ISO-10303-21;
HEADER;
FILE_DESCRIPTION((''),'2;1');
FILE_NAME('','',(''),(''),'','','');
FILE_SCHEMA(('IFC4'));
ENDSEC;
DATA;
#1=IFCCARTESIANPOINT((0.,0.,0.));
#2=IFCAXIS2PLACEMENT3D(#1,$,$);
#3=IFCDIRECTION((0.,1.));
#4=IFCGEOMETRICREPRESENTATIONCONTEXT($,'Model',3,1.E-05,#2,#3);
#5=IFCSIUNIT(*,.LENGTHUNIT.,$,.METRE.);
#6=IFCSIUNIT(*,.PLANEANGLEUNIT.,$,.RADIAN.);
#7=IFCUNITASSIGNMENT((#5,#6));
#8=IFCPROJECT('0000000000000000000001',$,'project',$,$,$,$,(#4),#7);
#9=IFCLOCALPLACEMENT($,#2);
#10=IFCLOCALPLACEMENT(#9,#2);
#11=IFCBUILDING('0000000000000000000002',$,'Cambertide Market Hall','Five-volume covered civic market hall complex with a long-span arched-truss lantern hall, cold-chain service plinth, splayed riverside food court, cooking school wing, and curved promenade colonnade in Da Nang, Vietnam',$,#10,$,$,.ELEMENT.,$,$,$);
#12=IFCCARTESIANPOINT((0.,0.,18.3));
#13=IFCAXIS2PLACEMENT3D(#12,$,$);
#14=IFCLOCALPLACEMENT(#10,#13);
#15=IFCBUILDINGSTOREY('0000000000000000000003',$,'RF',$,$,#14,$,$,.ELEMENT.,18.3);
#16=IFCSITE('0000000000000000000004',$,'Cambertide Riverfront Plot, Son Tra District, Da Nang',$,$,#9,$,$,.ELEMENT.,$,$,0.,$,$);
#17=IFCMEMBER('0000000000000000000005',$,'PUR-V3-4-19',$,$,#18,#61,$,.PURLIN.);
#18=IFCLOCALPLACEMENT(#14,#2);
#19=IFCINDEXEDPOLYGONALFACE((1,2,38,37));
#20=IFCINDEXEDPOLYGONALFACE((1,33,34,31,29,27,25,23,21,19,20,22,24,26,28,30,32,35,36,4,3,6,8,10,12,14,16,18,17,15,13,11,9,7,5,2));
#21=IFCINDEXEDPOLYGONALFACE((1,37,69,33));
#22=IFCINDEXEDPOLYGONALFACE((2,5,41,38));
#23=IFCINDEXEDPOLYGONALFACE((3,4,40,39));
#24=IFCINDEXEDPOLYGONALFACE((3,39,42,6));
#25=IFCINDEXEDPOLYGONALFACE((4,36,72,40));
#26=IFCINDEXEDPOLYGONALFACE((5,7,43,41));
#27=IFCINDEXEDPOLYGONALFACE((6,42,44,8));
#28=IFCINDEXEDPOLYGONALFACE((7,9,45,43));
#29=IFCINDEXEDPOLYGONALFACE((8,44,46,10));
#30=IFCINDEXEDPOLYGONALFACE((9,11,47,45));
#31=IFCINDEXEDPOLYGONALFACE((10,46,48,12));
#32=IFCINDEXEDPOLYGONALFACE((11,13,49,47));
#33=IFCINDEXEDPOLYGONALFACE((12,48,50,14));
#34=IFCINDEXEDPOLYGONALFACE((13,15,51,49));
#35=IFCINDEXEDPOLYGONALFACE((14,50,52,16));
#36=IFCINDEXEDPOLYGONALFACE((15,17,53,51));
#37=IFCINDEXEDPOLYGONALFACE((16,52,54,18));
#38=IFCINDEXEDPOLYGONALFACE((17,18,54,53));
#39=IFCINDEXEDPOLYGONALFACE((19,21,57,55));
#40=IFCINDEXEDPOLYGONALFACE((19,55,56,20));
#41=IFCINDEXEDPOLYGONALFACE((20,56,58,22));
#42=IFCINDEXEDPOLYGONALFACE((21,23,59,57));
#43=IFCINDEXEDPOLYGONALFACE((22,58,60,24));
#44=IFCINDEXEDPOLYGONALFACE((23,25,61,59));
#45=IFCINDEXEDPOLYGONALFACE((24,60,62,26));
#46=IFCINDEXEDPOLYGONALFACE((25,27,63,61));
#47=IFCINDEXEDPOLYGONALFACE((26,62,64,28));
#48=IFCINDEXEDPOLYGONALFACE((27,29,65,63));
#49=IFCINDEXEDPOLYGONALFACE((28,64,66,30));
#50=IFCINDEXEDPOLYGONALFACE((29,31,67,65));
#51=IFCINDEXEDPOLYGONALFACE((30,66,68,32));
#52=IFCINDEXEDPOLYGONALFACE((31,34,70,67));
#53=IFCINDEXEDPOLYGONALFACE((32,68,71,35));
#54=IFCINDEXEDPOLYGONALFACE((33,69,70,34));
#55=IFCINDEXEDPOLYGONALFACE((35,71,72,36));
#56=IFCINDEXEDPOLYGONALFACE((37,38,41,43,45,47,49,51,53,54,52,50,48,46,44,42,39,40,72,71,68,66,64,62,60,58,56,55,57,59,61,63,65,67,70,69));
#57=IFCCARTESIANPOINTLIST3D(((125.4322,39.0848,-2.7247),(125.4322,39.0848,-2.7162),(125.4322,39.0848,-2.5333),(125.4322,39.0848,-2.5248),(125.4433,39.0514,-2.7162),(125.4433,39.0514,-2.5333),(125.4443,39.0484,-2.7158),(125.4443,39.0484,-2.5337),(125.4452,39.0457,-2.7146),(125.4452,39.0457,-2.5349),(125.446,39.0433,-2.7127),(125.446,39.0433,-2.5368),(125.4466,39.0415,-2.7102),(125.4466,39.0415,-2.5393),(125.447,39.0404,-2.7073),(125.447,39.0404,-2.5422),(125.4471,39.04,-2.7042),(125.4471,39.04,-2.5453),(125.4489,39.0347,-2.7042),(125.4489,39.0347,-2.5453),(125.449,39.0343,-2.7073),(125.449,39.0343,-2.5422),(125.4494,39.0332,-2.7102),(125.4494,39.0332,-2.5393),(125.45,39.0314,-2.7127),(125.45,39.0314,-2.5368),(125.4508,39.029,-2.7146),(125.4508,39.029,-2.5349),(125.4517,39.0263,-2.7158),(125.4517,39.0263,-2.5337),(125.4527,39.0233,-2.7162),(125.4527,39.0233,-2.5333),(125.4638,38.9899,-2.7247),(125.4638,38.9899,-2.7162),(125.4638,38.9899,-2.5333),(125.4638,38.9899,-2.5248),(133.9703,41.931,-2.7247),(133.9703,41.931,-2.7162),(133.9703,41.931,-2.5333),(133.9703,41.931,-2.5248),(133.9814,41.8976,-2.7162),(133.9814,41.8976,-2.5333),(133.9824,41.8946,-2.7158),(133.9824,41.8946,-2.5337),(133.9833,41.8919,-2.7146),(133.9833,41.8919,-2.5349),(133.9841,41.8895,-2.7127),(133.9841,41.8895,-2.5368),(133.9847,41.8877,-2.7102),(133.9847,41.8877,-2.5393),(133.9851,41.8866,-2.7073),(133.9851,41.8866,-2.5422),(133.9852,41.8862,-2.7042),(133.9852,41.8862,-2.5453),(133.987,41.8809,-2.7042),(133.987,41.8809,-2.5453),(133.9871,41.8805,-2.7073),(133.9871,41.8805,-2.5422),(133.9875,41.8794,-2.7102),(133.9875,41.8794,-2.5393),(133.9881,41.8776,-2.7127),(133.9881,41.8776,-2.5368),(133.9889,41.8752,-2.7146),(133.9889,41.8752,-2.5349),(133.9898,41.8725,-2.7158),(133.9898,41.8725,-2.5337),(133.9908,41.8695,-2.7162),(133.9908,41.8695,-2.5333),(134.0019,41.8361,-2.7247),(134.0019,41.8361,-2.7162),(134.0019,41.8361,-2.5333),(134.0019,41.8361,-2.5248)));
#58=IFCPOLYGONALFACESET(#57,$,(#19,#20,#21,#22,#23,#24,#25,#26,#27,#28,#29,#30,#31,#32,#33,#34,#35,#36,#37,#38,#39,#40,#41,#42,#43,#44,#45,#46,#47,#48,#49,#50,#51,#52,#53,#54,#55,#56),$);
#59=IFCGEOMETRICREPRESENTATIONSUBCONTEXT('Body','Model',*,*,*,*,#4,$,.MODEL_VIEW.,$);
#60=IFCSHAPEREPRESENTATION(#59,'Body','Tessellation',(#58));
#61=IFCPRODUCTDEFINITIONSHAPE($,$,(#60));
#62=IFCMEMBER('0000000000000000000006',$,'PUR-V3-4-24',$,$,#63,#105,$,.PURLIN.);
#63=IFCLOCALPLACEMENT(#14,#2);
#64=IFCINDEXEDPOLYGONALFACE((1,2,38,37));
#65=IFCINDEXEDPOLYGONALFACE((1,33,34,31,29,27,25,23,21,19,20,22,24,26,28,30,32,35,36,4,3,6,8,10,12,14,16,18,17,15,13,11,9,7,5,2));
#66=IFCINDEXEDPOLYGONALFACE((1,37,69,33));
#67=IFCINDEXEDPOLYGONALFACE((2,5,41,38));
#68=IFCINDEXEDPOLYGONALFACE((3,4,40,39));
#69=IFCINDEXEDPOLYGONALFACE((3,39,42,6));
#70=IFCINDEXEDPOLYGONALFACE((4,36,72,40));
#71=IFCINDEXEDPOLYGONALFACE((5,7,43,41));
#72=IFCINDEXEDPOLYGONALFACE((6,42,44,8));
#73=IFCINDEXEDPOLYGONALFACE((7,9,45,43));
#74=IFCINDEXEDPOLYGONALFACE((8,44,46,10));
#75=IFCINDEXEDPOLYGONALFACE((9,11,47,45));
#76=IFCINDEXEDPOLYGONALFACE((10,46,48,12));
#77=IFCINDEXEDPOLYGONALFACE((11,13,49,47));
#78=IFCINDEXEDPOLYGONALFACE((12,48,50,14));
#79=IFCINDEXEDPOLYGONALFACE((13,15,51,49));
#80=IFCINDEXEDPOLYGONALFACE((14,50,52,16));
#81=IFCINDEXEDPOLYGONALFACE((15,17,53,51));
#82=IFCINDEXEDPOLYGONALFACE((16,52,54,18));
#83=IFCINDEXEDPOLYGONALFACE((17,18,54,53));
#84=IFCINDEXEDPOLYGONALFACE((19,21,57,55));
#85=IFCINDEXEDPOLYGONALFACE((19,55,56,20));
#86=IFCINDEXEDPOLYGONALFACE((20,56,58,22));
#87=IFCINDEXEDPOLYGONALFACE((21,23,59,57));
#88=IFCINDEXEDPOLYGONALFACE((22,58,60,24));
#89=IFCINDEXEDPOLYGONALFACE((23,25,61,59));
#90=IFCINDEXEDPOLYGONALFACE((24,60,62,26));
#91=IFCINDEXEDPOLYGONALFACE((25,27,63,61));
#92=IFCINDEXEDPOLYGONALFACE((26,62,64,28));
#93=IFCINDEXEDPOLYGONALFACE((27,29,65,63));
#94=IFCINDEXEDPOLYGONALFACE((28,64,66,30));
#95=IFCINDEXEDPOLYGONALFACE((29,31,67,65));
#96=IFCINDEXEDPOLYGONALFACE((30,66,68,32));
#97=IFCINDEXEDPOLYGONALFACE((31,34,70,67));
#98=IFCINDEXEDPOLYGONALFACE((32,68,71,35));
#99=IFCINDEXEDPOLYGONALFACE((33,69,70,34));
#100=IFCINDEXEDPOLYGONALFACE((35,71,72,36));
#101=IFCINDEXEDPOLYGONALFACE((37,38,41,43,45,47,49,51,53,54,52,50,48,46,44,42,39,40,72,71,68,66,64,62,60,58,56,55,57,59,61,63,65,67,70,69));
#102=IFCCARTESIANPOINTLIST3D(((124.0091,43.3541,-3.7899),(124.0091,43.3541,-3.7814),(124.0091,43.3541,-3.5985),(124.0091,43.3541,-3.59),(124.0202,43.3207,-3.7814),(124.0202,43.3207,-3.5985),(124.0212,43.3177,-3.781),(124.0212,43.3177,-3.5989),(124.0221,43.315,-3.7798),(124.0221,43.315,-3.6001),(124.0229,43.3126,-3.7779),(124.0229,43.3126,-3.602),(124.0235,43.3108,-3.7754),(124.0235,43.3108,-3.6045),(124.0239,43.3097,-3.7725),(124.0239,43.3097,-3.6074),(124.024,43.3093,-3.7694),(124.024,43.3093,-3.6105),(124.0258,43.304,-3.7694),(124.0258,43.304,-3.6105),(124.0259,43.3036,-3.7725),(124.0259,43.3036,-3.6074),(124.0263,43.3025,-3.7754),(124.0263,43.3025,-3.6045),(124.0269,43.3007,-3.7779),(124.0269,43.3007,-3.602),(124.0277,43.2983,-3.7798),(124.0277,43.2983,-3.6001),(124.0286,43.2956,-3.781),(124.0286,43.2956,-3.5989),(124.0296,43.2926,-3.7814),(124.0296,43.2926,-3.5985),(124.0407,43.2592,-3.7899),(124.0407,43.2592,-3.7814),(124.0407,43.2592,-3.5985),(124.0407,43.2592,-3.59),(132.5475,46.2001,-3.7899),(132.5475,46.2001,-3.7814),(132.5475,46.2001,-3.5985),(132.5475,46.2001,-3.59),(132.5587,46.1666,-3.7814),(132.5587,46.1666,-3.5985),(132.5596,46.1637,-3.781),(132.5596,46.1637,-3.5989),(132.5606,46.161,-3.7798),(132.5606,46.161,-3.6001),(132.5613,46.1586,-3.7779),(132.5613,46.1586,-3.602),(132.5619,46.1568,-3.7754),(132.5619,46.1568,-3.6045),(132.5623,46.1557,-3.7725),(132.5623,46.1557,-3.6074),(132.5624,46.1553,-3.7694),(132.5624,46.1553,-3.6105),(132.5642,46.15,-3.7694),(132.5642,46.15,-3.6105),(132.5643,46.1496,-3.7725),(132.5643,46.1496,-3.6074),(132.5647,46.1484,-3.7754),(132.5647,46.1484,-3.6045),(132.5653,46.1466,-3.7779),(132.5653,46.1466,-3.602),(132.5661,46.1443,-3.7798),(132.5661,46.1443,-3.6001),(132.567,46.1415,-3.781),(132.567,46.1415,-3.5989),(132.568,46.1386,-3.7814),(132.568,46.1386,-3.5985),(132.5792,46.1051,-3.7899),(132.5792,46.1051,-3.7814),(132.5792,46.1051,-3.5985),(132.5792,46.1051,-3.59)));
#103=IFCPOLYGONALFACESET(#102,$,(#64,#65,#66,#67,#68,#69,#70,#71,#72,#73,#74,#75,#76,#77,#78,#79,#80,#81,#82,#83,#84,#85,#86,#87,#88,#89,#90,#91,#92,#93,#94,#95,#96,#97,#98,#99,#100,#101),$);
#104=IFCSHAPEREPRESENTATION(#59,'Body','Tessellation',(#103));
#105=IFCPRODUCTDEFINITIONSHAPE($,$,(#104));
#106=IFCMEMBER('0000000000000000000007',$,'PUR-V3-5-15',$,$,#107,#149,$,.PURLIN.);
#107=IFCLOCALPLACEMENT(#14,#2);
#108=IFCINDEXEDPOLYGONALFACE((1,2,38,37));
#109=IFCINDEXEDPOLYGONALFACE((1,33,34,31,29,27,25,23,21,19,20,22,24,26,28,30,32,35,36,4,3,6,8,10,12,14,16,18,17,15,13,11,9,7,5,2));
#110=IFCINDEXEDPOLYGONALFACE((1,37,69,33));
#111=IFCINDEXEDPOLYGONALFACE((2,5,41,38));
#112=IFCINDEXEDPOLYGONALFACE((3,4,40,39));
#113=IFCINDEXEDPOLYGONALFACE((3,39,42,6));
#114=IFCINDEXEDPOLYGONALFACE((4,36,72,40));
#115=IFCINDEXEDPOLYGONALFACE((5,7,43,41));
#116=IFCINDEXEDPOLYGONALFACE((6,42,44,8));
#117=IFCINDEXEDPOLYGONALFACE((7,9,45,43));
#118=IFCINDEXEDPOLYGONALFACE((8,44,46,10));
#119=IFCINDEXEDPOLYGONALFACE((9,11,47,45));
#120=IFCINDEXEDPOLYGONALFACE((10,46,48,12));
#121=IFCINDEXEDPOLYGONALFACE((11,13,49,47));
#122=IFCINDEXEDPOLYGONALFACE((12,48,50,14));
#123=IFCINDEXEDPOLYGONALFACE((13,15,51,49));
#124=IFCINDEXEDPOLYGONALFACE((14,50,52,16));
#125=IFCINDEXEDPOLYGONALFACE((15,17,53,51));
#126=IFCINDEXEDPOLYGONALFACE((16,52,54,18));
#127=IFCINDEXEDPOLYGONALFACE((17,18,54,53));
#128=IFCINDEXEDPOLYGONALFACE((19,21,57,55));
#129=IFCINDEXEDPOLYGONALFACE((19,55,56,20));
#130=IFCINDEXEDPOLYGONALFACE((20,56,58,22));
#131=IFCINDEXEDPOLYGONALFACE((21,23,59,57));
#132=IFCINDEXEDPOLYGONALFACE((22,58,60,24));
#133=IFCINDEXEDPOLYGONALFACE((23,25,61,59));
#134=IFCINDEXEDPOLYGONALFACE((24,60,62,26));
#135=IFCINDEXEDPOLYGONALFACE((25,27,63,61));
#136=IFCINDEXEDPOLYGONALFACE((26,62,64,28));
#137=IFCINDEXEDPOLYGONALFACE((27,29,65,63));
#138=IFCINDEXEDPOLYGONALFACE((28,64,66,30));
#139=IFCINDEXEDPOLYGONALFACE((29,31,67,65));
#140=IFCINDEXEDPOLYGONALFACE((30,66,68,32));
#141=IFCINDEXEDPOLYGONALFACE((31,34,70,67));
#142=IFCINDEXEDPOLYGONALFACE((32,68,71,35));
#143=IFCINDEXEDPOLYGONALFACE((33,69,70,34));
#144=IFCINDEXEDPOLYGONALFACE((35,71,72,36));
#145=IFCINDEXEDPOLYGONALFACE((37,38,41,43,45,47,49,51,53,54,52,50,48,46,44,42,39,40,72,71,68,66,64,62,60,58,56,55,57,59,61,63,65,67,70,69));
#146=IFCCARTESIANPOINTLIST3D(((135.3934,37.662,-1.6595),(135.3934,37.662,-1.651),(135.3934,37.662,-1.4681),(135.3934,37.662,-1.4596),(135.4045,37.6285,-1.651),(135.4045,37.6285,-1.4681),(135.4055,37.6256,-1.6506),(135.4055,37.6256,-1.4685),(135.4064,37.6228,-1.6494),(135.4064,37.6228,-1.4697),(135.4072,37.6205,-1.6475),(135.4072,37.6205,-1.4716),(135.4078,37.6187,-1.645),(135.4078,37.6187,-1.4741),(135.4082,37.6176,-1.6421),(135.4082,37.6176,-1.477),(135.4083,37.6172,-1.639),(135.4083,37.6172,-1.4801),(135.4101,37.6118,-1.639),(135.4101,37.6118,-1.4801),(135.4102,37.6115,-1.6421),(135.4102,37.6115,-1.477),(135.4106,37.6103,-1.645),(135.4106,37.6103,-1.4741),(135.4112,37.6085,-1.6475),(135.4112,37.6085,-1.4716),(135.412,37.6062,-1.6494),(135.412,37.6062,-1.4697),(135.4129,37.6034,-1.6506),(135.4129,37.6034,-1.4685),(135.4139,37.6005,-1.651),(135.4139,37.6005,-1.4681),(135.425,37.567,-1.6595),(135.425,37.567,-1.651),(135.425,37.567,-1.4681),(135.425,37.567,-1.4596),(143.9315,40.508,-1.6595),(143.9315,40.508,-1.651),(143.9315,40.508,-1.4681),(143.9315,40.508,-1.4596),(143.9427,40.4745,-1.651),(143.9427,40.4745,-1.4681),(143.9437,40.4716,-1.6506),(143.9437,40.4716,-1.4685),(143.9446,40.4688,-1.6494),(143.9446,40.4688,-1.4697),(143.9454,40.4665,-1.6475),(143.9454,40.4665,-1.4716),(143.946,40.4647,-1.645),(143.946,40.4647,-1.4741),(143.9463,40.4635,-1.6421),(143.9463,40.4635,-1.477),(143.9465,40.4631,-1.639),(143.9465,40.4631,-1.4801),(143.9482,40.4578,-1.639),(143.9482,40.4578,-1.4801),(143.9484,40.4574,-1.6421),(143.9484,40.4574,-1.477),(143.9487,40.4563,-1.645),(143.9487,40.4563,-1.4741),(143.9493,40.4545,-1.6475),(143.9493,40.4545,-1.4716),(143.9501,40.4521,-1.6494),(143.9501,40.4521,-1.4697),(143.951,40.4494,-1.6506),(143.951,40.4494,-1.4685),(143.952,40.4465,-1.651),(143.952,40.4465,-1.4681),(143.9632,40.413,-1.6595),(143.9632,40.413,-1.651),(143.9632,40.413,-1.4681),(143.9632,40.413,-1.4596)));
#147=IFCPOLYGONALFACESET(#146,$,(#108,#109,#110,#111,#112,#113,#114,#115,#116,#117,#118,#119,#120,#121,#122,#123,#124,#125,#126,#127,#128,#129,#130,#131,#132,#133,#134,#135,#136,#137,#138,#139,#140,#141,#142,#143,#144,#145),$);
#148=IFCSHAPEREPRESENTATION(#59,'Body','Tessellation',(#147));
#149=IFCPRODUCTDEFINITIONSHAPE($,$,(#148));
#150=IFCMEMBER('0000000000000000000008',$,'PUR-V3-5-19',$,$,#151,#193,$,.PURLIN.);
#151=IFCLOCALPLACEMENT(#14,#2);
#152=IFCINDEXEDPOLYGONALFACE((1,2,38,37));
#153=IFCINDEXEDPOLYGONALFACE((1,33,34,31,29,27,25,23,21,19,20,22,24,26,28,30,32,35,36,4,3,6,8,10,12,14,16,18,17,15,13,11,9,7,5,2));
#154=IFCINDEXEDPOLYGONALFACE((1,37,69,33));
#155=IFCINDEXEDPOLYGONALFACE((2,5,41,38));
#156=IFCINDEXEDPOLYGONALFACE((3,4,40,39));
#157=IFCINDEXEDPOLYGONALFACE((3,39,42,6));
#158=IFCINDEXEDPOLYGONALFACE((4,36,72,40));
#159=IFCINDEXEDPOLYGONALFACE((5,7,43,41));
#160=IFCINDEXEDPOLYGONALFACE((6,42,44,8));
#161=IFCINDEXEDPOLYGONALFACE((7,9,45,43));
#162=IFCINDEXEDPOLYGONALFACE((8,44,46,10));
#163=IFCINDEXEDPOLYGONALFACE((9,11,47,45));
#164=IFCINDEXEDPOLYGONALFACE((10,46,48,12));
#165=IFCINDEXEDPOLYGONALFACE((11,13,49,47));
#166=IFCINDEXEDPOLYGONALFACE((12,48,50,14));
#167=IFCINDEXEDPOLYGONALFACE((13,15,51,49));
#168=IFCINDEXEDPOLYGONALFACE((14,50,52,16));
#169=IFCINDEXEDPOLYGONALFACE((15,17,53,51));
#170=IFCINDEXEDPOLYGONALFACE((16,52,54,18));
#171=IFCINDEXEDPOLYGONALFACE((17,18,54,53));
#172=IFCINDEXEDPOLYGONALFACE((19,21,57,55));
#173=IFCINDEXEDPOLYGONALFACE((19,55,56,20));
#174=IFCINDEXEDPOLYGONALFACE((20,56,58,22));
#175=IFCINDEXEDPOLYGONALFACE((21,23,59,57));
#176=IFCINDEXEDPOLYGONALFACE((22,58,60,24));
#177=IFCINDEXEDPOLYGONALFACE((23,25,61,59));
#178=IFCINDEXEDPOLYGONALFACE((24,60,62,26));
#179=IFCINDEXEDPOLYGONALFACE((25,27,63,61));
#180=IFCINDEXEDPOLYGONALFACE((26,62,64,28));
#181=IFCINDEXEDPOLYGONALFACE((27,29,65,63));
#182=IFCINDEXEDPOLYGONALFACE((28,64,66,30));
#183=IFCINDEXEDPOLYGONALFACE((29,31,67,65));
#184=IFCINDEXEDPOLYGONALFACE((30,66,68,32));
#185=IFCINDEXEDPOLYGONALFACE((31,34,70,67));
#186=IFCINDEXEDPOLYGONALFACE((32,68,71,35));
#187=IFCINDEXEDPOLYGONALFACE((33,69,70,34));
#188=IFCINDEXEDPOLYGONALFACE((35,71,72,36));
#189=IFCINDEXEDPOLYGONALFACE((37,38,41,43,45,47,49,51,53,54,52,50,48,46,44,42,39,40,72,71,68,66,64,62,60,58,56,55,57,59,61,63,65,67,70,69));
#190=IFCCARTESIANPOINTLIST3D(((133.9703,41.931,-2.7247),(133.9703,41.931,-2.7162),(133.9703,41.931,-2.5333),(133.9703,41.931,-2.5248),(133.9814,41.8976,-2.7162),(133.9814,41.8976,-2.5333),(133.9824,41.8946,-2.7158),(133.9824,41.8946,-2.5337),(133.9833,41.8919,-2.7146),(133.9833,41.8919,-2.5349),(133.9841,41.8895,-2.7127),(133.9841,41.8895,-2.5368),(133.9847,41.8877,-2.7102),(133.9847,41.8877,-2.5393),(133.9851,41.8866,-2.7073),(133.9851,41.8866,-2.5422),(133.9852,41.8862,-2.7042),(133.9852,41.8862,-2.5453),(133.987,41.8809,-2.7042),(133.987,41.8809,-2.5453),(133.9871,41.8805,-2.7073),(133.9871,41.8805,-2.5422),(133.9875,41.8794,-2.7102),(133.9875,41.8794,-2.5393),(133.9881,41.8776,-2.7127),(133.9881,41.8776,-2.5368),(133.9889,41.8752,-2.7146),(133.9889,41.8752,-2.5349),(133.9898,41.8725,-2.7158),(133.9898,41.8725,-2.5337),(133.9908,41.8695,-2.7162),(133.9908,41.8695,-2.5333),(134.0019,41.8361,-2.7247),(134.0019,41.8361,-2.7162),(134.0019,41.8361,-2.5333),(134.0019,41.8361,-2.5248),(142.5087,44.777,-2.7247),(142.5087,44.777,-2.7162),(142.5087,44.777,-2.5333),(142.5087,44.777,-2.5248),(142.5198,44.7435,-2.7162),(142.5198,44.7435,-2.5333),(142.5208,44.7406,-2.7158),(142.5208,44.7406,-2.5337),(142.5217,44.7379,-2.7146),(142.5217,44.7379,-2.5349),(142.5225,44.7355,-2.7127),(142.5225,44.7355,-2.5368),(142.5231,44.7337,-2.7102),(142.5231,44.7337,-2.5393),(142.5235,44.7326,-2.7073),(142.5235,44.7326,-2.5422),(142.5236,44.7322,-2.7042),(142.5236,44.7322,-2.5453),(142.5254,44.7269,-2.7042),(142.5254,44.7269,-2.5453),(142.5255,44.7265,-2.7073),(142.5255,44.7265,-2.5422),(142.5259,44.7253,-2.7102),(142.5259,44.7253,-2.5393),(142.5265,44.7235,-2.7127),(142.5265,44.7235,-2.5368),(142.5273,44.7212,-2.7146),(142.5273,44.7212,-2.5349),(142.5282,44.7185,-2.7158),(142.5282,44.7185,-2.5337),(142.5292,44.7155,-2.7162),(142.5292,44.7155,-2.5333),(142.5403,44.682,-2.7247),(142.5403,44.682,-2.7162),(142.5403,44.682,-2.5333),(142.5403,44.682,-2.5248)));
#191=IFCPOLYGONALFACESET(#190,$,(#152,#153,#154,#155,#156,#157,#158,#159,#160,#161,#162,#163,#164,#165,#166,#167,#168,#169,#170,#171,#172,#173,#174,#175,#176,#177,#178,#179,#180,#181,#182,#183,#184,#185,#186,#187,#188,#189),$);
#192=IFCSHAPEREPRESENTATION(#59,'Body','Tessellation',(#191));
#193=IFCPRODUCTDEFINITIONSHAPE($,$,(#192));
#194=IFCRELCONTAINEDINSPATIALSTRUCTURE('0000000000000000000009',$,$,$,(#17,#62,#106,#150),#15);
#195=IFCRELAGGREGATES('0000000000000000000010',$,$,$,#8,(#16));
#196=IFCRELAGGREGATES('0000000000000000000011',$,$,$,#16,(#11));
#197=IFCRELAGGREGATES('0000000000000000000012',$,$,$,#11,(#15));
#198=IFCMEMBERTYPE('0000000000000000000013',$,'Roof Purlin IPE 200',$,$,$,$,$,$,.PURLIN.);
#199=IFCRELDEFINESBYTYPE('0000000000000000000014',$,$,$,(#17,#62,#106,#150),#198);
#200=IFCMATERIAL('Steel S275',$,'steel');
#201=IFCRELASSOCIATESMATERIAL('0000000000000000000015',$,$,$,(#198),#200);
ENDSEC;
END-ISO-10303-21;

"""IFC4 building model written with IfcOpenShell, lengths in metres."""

from ifc_helpers import new_model, si_unit, direction, frame, origin, origin_2d, place, context, subcontext, project, spatial, i_section, extrude, material, material_profile, profile_set, type_object, element, save


model = new_model("IFC4")

# Units and contexts
model_context = context("Model", 3, precision=1e-05, world=origin(), true_north=direction((0.0, 1.0)))
body_context = subcontext(model_context, "Body", "Model", "MODEL_VIEW")
ifc_project = project(units=[si_unit("LENGTHUNIT", "METRE"), si_unit("PLANEANGLEUNIT", "RADIAN")], contexts=[model_context])

# Site, building, storey
site_placement = place(None, origin())
site = spatial("IfcSite", under=ifc_project, at=site_placement, Name="Cambertide Riverfront Plot, Son Tra District, Da Nang", CompositionType="ELEMENT", RefElevation=0.0)
building_placement = place(site_placement, origin())
building = spatial("IfcBuilding", under=site, at=building_placement, Name="Cambertide Market Hall", Description="Five-volume covered civic market hall complex with a long-span arched-truss lantern hall, cold-chain service plinth, splayed riverside food court, cooking school wing, and curved promenade colonnade in Da Nang, Vietnam", CompositionType="ELEMENT")
storey_placement = place(building_placement, frame((0.0, 0.0, 18.3)))
storey = spatial("IfcBuildingStorey", under=building, at=storey_placement, Name="RF", CompositionType="ELEMENT", Elevation=18.3)

# Members
ifc_material_1 = material(Name="Steel S275", Category="steel")
ifc_material_profile_1 = material_profile(ifc_material_1, i_section(OverallWidth=0.1001, OverallDepth=0.2, WebThickness=0.0056, FlangeThickness=0.0085, FilletRadius=0.012, at=origin_2d()), Name="IPE 200")
ifc_profile_set_1 = profile_set([ifc_material_profile_1], Name="Steel S275")
member_type_1 = type_object("IfcMemberType", Name="Roof Purlin IPE 200", PredefinedType="PURLIN", material=ifc_profile_set_1)
for number, where, z_axis, x_axis, name in (
    (1, (125.448, 39.0374, -2.6248), (0.948678, 0.316244, 0.0), (-0.316244, 0.948678, 0.0), "PUR-V3-4-19"),
):
    element("IfcMember", number, at=place(storey_placement, frame(where, z_axis=z_axis, x_axis=x_axis)), inside=storey, type_object=member_type_1, Name=name, PredefinedType="PURLIN", context=body_context, shape_type="SweptSolid", body=[
        extrude(i_section(OverallWidth=0.1001, OverallDepth=0.2, WebThickness=0.0056, FlangeThickness=0.0085, FilletRadius=0.012, at=origin_2d()), origin(), (0.0, 0.0, 1.0), 9.0),
    ])
member_1_placement = place(storey_placement, frame((124.0249, 43.3066, -3.6899), z_axis=(0.948689, 0.316211, 0.0), x_axis=(-0.316211, 0.948689, 0.0)))
element("IfcMember", 2, at=member_1_placement, inside=storey, type_object=member_type_1, Name="PUR-V3-4-24", PredefinedType="PURLIN", context=body_context, shape_type="SweptSolid", body=[
    extrude(i_section(OverallWidth=0.1001, OverallDepth=0.2, WebThickness=0.0056, FlangeThickness=0.0085, FilletRadius=0.012, at=origin_2d()), origin(), (0.0, 0.0, 1.0), 9.0002),
])
member_2_placement = place(storey_placement, frame((135.4092, 37.6145, -1.5596), z_axis=(0.948686, 0.31622, 0.0), x_axis=(-0.31622, 0.948686, 0.0)))
element("IfcMember", 3, at=member_2_placement, inside=storey, type_object=member_type_1, Name="PUR-V3-5-15", PredefinedType="PURLIN", context=body_context, shape_type="SweptSolid", body=[
    extrude(i_section(OverallWidth=0.1001, OverallDepth=0.2, WebThickness=0.0056, FlangeThickness=0.0085, FilletRadius=0.012, at=origin_2d()), origin(), (0.0, 0.0, 1.0), 9.0),
])
member_3_placement = place(storey_placement, frame((133.9861, 41.8835, -2.6248), z_axis=(0.948689, 0.316211, 0.0), x_axis=(-0.316211, 0.948689, 0.0)))
element("IfcMember", 4, at=member_3_placement, inside=storey, type_object=member_type_1, Name="PUR-V3-5-19", PredefinedType="PURLIN", context=body_context, shape_type="SweptSolid", body=[
    extrude(i_section(OverallWidth=0.1001, OverallDepth=0.2, WebThickness=0.0056, FlangeThickness=0.0085, FilletRadius=0.012, at=origin_2d()), origin(), (0.0, 0.0, 1.0), 9.0002),
])

save(model, "model.ifc")
